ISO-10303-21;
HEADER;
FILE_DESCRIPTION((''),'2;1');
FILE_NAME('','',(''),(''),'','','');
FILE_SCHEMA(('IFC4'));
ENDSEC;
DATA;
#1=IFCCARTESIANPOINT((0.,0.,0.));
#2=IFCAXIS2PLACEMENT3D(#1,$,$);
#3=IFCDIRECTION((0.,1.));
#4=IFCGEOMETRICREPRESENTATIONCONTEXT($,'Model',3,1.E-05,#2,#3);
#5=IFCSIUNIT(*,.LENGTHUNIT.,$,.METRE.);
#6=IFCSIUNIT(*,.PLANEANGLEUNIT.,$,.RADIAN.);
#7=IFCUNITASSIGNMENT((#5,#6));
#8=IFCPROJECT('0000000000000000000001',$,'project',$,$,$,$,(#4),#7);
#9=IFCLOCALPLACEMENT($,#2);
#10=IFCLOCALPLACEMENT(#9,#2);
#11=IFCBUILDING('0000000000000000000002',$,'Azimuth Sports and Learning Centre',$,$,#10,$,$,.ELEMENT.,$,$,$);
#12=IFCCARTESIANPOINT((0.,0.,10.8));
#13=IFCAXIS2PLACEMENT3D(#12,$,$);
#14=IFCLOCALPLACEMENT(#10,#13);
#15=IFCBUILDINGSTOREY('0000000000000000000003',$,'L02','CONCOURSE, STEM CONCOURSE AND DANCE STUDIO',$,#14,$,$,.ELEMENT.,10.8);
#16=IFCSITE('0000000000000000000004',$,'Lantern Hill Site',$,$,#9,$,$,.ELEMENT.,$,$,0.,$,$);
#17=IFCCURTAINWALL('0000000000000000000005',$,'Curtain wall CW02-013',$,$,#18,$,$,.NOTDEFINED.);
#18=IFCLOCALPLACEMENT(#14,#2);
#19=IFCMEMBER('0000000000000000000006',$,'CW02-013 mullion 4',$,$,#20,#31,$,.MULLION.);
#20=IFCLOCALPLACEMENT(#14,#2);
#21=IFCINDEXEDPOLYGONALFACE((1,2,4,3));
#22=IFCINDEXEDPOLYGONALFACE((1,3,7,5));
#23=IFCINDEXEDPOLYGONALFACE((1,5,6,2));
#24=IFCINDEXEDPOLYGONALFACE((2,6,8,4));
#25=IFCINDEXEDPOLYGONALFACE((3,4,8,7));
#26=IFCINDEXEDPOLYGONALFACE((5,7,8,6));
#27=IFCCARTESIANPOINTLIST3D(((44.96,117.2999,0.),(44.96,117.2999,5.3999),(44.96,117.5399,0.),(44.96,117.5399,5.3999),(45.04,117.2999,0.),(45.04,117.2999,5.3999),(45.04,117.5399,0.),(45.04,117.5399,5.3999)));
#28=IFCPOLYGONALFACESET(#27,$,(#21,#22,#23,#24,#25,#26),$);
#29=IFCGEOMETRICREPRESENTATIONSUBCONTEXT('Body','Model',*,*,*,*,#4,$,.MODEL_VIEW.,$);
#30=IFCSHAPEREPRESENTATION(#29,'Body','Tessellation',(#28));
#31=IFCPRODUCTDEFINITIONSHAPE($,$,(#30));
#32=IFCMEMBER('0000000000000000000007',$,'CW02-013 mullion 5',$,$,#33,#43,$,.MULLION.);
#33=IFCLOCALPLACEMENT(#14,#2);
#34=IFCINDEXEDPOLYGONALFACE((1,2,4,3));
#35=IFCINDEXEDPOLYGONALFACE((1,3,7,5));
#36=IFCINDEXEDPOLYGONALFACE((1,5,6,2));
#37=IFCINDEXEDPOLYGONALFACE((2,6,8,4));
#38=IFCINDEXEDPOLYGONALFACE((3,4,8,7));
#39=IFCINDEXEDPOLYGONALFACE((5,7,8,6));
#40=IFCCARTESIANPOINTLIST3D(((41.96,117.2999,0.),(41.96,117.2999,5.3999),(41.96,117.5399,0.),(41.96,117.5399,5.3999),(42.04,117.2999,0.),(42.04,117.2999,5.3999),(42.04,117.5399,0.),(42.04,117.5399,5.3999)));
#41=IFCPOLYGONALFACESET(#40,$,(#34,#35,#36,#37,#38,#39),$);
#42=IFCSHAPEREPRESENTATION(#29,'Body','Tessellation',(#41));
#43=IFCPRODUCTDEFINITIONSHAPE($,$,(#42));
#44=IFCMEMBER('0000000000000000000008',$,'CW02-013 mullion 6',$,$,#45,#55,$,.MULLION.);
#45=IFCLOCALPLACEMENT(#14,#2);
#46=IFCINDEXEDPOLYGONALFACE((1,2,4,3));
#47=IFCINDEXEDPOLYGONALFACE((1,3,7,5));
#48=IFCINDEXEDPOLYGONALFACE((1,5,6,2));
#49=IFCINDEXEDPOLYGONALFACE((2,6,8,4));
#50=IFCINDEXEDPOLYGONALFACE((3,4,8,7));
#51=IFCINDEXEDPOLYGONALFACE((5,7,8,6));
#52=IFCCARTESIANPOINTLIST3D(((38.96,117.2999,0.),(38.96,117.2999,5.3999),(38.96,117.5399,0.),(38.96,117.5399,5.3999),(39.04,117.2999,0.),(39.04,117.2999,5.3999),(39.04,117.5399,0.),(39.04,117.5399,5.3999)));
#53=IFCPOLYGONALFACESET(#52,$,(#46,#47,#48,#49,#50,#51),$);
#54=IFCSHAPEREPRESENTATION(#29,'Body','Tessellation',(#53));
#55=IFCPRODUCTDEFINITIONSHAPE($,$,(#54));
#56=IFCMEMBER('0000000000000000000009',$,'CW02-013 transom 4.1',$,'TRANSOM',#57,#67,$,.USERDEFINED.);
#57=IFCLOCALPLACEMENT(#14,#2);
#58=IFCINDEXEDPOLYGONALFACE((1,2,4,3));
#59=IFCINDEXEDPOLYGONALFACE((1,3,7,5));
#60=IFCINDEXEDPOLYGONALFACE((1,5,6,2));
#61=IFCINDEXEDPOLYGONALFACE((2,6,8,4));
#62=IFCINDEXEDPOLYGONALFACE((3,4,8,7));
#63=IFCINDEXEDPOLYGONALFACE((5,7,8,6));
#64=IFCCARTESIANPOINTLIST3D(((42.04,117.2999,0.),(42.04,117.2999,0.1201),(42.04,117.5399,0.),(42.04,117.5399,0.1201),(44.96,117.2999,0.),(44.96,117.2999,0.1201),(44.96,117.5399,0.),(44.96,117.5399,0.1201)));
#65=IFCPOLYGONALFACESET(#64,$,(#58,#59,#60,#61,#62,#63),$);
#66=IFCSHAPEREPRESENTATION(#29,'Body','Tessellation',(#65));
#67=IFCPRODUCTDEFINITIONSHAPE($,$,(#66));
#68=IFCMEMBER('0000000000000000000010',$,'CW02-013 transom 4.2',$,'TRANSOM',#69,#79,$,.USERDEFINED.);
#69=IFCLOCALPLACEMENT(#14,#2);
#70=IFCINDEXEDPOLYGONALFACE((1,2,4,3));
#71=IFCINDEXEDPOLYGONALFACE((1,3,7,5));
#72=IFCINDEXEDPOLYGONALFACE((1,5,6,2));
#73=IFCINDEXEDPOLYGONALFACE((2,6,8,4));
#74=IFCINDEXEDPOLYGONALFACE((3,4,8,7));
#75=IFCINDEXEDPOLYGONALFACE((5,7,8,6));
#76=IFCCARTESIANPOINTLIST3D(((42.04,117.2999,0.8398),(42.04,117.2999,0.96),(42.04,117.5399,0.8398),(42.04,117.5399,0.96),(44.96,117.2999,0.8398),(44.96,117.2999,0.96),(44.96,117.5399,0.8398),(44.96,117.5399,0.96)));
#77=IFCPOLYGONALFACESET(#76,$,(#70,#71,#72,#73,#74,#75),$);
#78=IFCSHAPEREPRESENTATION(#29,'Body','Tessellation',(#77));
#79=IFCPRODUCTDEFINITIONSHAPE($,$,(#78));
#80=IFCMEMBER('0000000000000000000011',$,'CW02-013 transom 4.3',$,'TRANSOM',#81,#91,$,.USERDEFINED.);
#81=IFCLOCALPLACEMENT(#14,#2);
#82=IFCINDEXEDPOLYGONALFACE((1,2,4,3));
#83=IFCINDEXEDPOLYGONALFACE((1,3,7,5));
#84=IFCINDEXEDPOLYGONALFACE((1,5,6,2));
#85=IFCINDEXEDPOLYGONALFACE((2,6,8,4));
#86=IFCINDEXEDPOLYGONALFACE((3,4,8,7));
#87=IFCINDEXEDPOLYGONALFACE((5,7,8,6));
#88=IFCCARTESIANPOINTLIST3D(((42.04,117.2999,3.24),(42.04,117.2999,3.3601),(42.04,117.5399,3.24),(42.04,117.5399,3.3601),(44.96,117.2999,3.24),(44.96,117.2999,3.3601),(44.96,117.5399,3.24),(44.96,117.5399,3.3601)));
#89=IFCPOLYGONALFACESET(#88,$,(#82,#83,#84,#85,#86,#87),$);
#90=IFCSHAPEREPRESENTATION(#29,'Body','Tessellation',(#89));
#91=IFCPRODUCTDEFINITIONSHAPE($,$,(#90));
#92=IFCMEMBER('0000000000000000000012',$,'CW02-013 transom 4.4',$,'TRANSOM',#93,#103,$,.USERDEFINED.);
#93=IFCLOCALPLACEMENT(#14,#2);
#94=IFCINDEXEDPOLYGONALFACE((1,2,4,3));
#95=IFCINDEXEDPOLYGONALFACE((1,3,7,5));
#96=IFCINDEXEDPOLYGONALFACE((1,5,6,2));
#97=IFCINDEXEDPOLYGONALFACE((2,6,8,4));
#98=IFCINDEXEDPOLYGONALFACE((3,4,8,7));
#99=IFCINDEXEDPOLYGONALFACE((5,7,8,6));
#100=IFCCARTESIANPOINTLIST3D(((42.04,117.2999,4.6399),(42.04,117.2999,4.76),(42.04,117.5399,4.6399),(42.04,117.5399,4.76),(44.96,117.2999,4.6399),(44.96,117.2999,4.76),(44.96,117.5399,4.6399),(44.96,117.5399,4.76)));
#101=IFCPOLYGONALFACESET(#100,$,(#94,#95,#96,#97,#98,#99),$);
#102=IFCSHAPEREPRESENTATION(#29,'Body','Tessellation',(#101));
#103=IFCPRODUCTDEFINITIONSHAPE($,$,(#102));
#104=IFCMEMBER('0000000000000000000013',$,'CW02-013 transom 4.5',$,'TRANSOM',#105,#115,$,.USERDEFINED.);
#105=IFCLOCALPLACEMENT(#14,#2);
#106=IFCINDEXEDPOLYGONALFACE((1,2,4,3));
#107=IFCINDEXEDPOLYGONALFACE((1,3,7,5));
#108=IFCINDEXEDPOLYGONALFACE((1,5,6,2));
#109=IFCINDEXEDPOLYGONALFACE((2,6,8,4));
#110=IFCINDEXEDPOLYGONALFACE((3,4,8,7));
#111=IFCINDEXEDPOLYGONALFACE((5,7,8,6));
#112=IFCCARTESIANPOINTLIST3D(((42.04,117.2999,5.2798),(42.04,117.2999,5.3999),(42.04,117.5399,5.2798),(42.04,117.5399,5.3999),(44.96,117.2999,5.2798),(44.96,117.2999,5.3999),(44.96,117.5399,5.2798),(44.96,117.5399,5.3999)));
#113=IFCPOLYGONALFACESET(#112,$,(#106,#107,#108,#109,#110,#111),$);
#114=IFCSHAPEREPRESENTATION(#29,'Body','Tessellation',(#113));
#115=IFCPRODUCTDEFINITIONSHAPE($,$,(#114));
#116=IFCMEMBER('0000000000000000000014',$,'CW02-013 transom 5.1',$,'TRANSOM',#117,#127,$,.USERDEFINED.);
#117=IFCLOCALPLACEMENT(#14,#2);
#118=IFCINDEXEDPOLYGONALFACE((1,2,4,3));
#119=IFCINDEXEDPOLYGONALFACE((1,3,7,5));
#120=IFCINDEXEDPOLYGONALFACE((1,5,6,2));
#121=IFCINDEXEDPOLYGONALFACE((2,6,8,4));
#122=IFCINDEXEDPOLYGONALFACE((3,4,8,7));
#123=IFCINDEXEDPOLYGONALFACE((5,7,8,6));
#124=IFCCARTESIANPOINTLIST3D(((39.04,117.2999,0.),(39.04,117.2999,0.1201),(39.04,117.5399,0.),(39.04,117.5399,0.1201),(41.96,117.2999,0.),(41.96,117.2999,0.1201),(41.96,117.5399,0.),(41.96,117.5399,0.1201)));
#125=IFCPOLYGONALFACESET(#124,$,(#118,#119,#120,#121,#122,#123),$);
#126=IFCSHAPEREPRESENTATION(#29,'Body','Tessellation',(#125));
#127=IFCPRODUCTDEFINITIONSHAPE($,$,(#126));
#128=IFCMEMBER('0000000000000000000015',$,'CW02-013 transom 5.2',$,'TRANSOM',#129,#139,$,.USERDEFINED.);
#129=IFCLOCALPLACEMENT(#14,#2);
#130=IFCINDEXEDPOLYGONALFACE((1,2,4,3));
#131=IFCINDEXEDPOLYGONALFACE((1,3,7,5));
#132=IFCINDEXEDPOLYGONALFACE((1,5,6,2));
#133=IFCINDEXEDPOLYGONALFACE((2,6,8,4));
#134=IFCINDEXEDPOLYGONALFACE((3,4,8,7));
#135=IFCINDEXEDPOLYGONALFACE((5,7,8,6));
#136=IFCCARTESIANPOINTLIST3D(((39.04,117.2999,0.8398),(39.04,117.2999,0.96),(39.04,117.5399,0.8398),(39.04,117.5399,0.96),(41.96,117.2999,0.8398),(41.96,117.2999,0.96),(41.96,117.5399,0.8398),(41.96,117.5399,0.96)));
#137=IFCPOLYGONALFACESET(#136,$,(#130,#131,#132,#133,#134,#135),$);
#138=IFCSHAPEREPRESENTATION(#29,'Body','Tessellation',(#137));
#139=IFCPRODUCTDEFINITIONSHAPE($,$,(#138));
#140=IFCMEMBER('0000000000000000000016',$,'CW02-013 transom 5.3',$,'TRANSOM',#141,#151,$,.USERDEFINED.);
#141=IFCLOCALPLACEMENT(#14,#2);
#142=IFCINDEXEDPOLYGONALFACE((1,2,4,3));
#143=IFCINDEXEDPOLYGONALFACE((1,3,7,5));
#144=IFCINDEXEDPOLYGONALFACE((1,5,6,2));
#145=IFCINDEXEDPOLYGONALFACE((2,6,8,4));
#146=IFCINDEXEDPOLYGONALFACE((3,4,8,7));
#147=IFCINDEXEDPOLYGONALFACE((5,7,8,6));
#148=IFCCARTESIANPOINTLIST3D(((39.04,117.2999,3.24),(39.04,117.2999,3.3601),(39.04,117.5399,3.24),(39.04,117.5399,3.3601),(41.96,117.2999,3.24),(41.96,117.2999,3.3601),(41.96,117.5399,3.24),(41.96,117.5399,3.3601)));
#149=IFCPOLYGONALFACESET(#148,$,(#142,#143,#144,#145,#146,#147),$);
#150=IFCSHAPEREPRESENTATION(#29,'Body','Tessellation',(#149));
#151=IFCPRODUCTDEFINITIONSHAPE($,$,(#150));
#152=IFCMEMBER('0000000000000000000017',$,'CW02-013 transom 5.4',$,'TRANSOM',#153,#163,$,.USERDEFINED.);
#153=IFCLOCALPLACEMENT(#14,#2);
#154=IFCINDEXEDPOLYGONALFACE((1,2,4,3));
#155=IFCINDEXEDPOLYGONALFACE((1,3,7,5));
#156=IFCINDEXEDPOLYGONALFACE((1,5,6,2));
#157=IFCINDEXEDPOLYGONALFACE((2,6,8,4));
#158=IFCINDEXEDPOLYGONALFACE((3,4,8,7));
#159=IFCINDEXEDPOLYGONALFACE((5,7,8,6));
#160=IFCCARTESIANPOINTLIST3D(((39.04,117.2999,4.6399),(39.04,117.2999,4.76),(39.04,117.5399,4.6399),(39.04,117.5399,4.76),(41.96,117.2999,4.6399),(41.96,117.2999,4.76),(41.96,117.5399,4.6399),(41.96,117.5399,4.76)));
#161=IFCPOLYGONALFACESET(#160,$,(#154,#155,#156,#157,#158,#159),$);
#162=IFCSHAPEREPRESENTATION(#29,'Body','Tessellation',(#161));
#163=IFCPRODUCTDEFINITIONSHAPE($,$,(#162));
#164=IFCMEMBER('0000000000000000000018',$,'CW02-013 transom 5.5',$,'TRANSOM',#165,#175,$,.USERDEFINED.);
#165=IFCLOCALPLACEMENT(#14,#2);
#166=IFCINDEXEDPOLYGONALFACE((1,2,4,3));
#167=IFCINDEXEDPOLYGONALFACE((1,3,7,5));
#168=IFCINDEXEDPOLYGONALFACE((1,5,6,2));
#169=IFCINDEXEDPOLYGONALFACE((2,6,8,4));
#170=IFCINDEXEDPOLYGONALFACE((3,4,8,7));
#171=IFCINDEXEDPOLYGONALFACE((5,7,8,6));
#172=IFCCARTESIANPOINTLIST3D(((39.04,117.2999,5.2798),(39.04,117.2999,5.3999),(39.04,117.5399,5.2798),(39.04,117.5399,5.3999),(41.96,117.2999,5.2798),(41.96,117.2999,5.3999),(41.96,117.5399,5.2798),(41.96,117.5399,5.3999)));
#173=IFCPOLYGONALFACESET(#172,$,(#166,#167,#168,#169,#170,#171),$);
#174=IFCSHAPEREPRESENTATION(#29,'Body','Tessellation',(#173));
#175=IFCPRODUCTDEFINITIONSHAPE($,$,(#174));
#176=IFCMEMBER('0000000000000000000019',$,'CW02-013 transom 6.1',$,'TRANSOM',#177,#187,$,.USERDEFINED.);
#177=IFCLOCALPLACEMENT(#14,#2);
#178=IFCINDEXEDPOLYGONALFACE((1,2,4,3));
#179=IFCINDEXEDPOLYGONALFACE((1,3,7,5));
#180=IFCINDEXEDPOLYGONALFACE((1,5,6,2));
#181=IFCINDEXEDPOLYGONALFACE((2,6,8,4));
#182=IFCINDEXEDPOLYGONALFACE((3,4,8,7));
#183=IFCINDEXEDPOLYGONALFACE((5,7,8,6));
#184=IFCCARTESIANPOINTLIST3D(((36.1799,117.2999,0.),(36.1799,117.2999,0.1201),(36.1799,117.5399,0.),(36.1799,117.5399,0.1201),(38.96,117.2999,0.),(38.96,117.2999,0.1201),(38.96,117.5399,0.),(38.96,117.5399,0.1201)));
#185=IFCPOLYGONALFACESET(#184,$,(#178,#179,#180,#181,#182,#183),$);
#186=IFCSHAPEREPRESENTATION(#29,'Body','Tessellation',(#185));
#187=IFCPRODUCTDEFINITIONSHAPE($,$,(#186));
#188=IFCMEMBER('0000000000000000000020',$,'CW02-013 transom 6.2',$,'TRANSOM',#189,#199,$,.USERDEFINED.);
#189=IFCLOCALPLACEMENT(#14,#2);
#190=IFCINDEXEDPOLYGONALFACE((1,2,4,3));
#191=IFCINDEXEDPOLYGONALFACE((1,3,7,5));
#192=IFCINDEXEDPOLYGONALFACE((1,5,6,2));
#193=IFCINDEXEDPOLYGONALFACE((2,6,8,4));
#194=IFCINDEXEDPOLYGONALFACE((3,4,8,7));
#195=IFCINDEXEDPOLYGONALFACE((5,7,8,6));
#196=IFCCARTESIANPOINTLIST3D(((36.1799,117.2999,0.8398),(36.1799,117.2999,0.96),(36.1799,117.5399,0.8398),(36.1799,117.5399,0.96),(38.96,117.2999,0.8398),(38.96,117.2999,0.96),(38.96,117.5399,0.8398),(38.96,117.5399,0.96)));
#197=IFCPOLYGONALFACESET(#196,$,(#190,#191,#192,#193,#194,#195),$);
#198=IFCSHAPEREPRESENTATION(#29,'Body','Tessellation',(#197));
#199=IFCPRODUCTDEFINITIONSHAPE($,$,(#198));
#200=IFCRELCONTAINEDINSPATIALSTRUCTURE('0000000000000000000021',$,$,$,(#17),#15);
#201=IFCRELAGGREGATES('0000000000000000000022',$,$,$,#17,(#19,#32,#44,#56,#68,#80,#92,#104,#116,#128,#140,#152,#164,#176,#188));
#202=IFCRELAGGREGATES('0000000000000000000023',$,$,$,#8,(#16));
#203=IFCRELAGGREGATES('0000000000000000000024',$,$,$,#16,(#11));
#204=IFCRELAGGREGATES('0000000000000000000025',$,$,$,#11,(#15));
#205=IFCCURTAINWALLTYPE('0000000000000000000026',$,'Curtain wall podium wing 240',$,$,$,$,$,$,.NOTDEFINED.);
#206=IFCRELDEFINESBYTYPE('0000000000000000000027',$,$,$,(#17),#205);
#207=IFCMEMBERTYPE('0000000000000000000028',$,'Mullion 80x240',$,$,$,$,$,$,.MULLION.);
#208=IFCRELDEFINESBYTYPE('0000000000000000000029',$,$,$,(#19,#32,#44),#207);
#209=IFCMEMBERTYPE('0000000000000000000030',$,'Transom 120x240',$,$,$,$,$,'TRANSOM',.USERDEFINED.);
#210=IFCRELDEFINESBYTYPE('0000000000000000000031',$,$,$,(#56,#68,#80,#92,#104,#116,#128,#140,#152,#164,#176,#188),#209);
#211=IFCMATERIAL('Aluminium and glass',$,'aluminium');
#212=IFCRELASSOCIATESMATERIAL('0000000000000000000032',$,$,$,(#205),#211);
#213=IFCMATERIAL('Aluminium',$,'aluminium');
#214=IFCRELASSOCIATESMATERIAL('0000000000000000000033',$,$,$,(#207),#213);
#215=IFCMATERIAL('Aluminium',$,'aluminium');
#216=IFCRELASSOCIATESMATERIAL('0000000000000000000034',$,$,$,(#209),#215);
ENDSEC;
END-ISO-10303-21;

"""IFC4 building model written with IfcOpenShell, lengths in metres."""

from ifc_helpers import new_model, si_unit, direction, frame, origin, origin_2d, place, context, subcontext, project, spatial, rectangle, extrude, material, material_profile, profile_set, type_object, element, aggregate, save


model = new_model("IFC4")

# Units and contexts
model_context = context("Model", 3, precision=1e-05, world=origin(), true_north=direction((0.0, 1.0)))
body_context = subcontext(model_context, "Body", "Model", "MODEL_VIEW")
ifc_project = project(units=[si_unit("LENGTHUNIT", "METRE"), si_unit("PLANEANGLEUNIT", "RADIAN")], contexts=[model_context])

# Site, building, storey
site_placement = place(None, origin())
site = spatial("IfcSite", under=ifc_project, at=site_placement, Name="Lantern Hill Site", CompositionType="ELEMENT", RefElevation=0.0)
building_placement = place(site_placement, origin())
building = spatial("IfcBuilding", under=site, at=building_placement, Name="Azimuth Sports and Learning Centre", CompositionType="ELEMENT")
storey_placement = place(building_placement, frame((0.0, 0.0, 10.8)))
storey = spatial("IfcBuildingStorey", under=building, at=storey_placement, Name="L02", Description="CONCOURSE, STEM CONCOURSE AND DANCE STUDIO", CompositionType="ELEMENT", Elevation=10.8)

# Curtain wall, members
ifc_material_1 = material(Name="Aluminium and glass", Category="aluminium")
curtain_wall_type = type_object("IfcCurtainWallType", Name="Curtain wall podium wing 240", PredefinedType="NOTDEFINED", material=ifc_material_1)
curtain_wall_placement = place(storey_placement, origin())
curtain_wall = element("IfcCurtainWall", 1, at=curtain_wall_placement, inside=storey, type_object=curtain_wall_type, Name="Curtain wall CW02-013", PredefinedType="NOTDEFINED")
ifc_material_2 = material(Name="Aluminium", Category="aluminium")
ifc_material_profile_1 = material_profile(ifc_material_2, rectangle(XDim=0.24, YDim=0.0801, at=origin_2d()), Name="Mullion 80x240")
ifc_profile_set_1 = profile_set([ifc_material_profile_1], Name="Aluminium")
member_type_1 = type_object("IfcMemberType", Name="Mullion 80x240", PredefinedType="MULLION", material=ifc_profile_set_1)
member_1_placement = place(storey_placement, frame((45.0, 117.4199, 0.0), z_axis=(0.0, 0.0, 1.0), x_axis=(0.0, -1.0, 0.0)))
member_1 = element("IfcMember", 2, at=member_1_placement, type_object=member_type_1, Name="CW02-013 mullion 4", PredefinedType="MULLION", context=body_context, shape_type="SweptSolid", body=[
    extrude(rectangle(XDim=0.24, YDim=0.0801, at=origin_2d()), origin(), (0.0, 0.0, 1.0), 5.3999),
])
member_2_placement = place(storey_placement, frame((42.0, 117.4199, 0.0), z_axis=(0.0, 0.0, 1.0), x_axis=(0.0, -1.0, 0.0)))
member_2 = element("IfcMember", 3, at=member_2_placement, type_object=member_type_1, Name="CW02-013 mullion 5", PredefinedType="MULLION", context=body_context, shape_type="SweptSolid", body=[
    extrude(rectangle(XDim=0.24, YDim=0.0801, at=origin_2d()), origin(), (0.0, 0.0, 1.0), 5.3999),
])
member_3_placement = place(storey_placement, frame((39.0, 117.4199, 0.0), z_axis=(0.0, 0.0, 1.0), x_axis=(0.0, -1.0, 0.0)))
member_3 = element("IfcMember", 4, at=member_3_placement, type_object=member_type_1, Name="CW02-013 mullion 6", PredefinedType="MULLION", context=body_context, shape_type="SweptSolid", body=[
    extrude(rectangle(XDim=0.24, YDim=0.0801, at=origin_2d()), origin(), (0.0, 0.0, 1.0), 5.3999),
])
ifc_material_3 = material(Name="Aluminium", Category="aluminium")
ifc_material_profile_2 = material_profile(ifc_material_3, rectangle(XDim=0.24, YDim=0.1201, at=origin_2d()), Name="Transom 120x240")
ifc_profile_set_2 = profile_set([ifc_material_profile_2], Name="Aluminium")
member_type_2 = type_object("IfcMemberType", Name="Transom 120x240", ElementType="TRANSOM", PredefinedType="USERDEFINED", material=ifc_profile_set_2)
member_4_placement = place(storey_placement, frame((44.96, 117.4199, 0.0601), z_axis=(-1.0, 0.0, 0.0), x_axis=(0.0, -1.0, 0.0)))
member_4 = element("IfcMember", 5, at=member_4_placement, type_object=member_type_2, Name="CW02-013 transom 4.1", ObjectType="TRANSOM", PredefinedType="USERDEFINED", context=body_context, shape_type="SweptSolid", body=[
    extrude(rectangle(XDim=0.24, YDim=0.1201, at=origin_2d()), origin(), (0.0, 0.0, 1.0), 2.9199),
])
member_5_placement = place(storey_placement, frame((44.96, 117.4199, 0.8999), z_axis=(-1.0, 0.0, 0.0), x_axis=(0.0, -1.0, 0.0)))
member_5 = element("IfcMember", 6, at=member_5_placement, type_object=member_type_2, Name="CW02-013 transom 4.2", ObjectType="TRANSOM", PredefinedType="USERDEFINED", context=body_context, shape_type="SweptSolid", body=[
    extrude(rectangle(XDim=0.24, YDim=0.1201, at=origin_2d()), origin(), (0.0, 0.0, 1.0), 2.9199),
])
member_6_placement = place(storey_placement, frame((44.96, 117.4199, 3.3), z_axis=(-1.0, 0.0, 0.0), x_axis=(0.0, -1.0, 0.0)))
member_6 = element("IfcMember", 7, at=member_6_placement, type_object=member_type_2, Name="CW02-013 transom 4.3", ObjectType="TRANSOM", PredefinedType="USERDEFINED", context=body_context, shape_type="SweptSolid", body=[
    extrude(rectangle(XDim=0.24, YDim=0.1201, at=origin_2d()), origin(), (0.0, 0.0, 1.0), 2.9199),
])
member_7_placement = place(storey_placement, frame((44.96, 117.4199, 4.7), z_axis=(-1.0, 0.0, 0.0), x_axis=(0.0, -1.0, 0.0)))
member_7 = element("IfcMember", 8, at=member_7_placement, type_object=member_type_2, Name="CW02-013 transom 4.4", ObjectType="TRANSOM", PredefinedType="USERDEFINED", context=body_context, shape_type="SweptSolid", body=[
    extrude(rectangle(XDim=0.24, YDim=0.1201, at=origin_2d()), origin(), (0.0, 0.0, 1.0), 2.9199),
])
member_8_placement = place(storey_placement, frame((44.96, 117.4199, 5.3398), z_axis=(-1.0, 0.0, 0.0), x_axis=(0.0, -1.0, 0.0)))
member_8 = element("IfcMember", 9, at=member_8_placement, type_object=member_type_2, Name="CW02-013 transom 4.5", ObjectType="TRANSOM", PredefinedType="USERDEFINED", context=body_context, shape_type="SweptSolid", body=[
    extrude(rectangle(XDim=0.24, YDim=0.1201, at=origin_2d()), origin(), (0.0, 0.0, 1.0), 2.9199),
])
member_9_placement = place(storey_placement, frame((41.96, 117.4199, 0.0601), z_axis=(-1.0, 0.0, 0.0), x_axis=(0.0, -1.0, 0.0)))
member_9 = element("IfcMember", 10, at=member_9_placement, type_object=member_type_2, Name="CW02-013 transom 5.1", ObjectType="TRANSOM", PredefinedType="USERDEFINED", context=body_context, shape_type="SweptSolid", body=[
    extrude(rectangle(XDim=0.24, YDim=0.1201, at=origin_2d()), origin(), (0.0, 0.0, 1.0), 2.9199),
])
member_10_placement = place(storey_placement, frame((41.96, 117.4199, 0.8999), z_axis=(-1.0, 0.0, 0.0), x_axis=(0.0, -1.0, 0.0)))
member_10 = element("IfcMember", 11, at=member_10_placement, type_object=member_type_2, Name="CW02-013 transom 5.2", ObjectType="TRANSOM", PredefinedType="USERDEFINED", context=body_context, shape_type="SweptSolid", body=[
    extrude(rectangle(XDim=0.24, YDim=0.1201, at=origin_2d()), origin(), (0.0, 0.0, 1.0), 2.9199),
])
member_11_placement = place(storey_placement, frame((41.96, 117.4199, 3.3), z_axis=(-1.0, 0.0, 0.0), x_axis=(0.0, -1.0, 0.0)))
member_11 = element("IfcMember", 12, at=member_11_placement, type_object=member_type_2, Name="CW02-013 transom 5.3", ObjectType="TRANSOM", PredefinedType="USERDEFINED", context=body_context, shape_type="SweptSolid", body=[
    extrude(rectangle(XDim=0.24, YDim=0.1201, at=origin_2d()), origin(), (0.0, 0.0, 1.0), 2.9199),
])
member_12_placement = place(storey_placement, frame((41.96, 117.4199, 4.7), z_axis=(-1.0, 0.0, 0.0), x_axis=(0.0, -1.0, 0.0)))
member_12 = element("IfcMember", 13, at=member_12_placement, type_object=member_type_2, Name="CW02-013 transom 5.4", ObjectType="TRANSOM", PredefinedType="USERDEFINED", context=body_context, shape_type="SweptSolid", body=[
    extrude(rectangle(XDim=0.24, YDim=0.1201, at=origin_2d()), origin(), (0.0, 0.0, 1.0), 2.9199),
])
member_13_placement = place(storey_placement, frame((41.96, 117.4199, 5.3398), z_axis=(-1.0, 0.0, 0.0), x_axis=(0.0, -1.0, 0.0)))
member_13 = element("IfcMember", 14, at=member_13_placement, type_object=member_type_2, Name="CW02-013 transom 5.5", ObjectType="TRANSOM", PredefinedType="USERDEFINED", context=body_context, shape_type="SweptSolid", body=[
    extrude(rectangle(XDim=0.24, YDim=0.1201, at=origin_2d()), origin(), (0.0, 0.0, 1.0), 2.9199),
])
member_14_placement = place(storey_placement, frame((38.96, 117.4199, 0.0601), z_axis=(-1.0, 0.0, 0.0), x_axis=(0.0, -1.0, 0.0)))
member_14 = element("IfcMember", 15, at=member_14_placement, type_object=member_type_2, Name="CW02-013 transom 6.1", ObjectType="TRANSOM", PredefinedType="USERDEFINED", context=body_context, shape_type="SweptSolid", body=[
    extrude(rectangle(XDim=0.24, YDim=0.1201, at=origin_2d()), origin(), (0.0, 0.0, 1.0), 2.78),
])
member_15_placement = place(storey_placement, frame((38.96, 117.4199, 0.8999), z_axis=(-1.0, 0.0, 0.0), x_axis=(0.0, -1.0, 0.0)))
member_15 = element("IfcMember", 16, at=member_15_placement, type_object=member_type_2, Name="CW02-013 transom 6.2", ObjectType="TRANSOM", PredefinedType="USERDEFINED", context=body_context, shape_type="SweptSolid", body=[
    extrude(rectangle(XDim=0.24, YDim=0.1201, at=origin_2d()), origin(), (0.0, 0.0, 1.0), 2.78),
])
aggregate(curtain_wall, [member_1, member_2, member_3, member_4, member_5, member_6, member_7, member_8, member_9, member_10, member_11, member_12, member_13, member_14, member_15])

save(model, "model.ifc")
